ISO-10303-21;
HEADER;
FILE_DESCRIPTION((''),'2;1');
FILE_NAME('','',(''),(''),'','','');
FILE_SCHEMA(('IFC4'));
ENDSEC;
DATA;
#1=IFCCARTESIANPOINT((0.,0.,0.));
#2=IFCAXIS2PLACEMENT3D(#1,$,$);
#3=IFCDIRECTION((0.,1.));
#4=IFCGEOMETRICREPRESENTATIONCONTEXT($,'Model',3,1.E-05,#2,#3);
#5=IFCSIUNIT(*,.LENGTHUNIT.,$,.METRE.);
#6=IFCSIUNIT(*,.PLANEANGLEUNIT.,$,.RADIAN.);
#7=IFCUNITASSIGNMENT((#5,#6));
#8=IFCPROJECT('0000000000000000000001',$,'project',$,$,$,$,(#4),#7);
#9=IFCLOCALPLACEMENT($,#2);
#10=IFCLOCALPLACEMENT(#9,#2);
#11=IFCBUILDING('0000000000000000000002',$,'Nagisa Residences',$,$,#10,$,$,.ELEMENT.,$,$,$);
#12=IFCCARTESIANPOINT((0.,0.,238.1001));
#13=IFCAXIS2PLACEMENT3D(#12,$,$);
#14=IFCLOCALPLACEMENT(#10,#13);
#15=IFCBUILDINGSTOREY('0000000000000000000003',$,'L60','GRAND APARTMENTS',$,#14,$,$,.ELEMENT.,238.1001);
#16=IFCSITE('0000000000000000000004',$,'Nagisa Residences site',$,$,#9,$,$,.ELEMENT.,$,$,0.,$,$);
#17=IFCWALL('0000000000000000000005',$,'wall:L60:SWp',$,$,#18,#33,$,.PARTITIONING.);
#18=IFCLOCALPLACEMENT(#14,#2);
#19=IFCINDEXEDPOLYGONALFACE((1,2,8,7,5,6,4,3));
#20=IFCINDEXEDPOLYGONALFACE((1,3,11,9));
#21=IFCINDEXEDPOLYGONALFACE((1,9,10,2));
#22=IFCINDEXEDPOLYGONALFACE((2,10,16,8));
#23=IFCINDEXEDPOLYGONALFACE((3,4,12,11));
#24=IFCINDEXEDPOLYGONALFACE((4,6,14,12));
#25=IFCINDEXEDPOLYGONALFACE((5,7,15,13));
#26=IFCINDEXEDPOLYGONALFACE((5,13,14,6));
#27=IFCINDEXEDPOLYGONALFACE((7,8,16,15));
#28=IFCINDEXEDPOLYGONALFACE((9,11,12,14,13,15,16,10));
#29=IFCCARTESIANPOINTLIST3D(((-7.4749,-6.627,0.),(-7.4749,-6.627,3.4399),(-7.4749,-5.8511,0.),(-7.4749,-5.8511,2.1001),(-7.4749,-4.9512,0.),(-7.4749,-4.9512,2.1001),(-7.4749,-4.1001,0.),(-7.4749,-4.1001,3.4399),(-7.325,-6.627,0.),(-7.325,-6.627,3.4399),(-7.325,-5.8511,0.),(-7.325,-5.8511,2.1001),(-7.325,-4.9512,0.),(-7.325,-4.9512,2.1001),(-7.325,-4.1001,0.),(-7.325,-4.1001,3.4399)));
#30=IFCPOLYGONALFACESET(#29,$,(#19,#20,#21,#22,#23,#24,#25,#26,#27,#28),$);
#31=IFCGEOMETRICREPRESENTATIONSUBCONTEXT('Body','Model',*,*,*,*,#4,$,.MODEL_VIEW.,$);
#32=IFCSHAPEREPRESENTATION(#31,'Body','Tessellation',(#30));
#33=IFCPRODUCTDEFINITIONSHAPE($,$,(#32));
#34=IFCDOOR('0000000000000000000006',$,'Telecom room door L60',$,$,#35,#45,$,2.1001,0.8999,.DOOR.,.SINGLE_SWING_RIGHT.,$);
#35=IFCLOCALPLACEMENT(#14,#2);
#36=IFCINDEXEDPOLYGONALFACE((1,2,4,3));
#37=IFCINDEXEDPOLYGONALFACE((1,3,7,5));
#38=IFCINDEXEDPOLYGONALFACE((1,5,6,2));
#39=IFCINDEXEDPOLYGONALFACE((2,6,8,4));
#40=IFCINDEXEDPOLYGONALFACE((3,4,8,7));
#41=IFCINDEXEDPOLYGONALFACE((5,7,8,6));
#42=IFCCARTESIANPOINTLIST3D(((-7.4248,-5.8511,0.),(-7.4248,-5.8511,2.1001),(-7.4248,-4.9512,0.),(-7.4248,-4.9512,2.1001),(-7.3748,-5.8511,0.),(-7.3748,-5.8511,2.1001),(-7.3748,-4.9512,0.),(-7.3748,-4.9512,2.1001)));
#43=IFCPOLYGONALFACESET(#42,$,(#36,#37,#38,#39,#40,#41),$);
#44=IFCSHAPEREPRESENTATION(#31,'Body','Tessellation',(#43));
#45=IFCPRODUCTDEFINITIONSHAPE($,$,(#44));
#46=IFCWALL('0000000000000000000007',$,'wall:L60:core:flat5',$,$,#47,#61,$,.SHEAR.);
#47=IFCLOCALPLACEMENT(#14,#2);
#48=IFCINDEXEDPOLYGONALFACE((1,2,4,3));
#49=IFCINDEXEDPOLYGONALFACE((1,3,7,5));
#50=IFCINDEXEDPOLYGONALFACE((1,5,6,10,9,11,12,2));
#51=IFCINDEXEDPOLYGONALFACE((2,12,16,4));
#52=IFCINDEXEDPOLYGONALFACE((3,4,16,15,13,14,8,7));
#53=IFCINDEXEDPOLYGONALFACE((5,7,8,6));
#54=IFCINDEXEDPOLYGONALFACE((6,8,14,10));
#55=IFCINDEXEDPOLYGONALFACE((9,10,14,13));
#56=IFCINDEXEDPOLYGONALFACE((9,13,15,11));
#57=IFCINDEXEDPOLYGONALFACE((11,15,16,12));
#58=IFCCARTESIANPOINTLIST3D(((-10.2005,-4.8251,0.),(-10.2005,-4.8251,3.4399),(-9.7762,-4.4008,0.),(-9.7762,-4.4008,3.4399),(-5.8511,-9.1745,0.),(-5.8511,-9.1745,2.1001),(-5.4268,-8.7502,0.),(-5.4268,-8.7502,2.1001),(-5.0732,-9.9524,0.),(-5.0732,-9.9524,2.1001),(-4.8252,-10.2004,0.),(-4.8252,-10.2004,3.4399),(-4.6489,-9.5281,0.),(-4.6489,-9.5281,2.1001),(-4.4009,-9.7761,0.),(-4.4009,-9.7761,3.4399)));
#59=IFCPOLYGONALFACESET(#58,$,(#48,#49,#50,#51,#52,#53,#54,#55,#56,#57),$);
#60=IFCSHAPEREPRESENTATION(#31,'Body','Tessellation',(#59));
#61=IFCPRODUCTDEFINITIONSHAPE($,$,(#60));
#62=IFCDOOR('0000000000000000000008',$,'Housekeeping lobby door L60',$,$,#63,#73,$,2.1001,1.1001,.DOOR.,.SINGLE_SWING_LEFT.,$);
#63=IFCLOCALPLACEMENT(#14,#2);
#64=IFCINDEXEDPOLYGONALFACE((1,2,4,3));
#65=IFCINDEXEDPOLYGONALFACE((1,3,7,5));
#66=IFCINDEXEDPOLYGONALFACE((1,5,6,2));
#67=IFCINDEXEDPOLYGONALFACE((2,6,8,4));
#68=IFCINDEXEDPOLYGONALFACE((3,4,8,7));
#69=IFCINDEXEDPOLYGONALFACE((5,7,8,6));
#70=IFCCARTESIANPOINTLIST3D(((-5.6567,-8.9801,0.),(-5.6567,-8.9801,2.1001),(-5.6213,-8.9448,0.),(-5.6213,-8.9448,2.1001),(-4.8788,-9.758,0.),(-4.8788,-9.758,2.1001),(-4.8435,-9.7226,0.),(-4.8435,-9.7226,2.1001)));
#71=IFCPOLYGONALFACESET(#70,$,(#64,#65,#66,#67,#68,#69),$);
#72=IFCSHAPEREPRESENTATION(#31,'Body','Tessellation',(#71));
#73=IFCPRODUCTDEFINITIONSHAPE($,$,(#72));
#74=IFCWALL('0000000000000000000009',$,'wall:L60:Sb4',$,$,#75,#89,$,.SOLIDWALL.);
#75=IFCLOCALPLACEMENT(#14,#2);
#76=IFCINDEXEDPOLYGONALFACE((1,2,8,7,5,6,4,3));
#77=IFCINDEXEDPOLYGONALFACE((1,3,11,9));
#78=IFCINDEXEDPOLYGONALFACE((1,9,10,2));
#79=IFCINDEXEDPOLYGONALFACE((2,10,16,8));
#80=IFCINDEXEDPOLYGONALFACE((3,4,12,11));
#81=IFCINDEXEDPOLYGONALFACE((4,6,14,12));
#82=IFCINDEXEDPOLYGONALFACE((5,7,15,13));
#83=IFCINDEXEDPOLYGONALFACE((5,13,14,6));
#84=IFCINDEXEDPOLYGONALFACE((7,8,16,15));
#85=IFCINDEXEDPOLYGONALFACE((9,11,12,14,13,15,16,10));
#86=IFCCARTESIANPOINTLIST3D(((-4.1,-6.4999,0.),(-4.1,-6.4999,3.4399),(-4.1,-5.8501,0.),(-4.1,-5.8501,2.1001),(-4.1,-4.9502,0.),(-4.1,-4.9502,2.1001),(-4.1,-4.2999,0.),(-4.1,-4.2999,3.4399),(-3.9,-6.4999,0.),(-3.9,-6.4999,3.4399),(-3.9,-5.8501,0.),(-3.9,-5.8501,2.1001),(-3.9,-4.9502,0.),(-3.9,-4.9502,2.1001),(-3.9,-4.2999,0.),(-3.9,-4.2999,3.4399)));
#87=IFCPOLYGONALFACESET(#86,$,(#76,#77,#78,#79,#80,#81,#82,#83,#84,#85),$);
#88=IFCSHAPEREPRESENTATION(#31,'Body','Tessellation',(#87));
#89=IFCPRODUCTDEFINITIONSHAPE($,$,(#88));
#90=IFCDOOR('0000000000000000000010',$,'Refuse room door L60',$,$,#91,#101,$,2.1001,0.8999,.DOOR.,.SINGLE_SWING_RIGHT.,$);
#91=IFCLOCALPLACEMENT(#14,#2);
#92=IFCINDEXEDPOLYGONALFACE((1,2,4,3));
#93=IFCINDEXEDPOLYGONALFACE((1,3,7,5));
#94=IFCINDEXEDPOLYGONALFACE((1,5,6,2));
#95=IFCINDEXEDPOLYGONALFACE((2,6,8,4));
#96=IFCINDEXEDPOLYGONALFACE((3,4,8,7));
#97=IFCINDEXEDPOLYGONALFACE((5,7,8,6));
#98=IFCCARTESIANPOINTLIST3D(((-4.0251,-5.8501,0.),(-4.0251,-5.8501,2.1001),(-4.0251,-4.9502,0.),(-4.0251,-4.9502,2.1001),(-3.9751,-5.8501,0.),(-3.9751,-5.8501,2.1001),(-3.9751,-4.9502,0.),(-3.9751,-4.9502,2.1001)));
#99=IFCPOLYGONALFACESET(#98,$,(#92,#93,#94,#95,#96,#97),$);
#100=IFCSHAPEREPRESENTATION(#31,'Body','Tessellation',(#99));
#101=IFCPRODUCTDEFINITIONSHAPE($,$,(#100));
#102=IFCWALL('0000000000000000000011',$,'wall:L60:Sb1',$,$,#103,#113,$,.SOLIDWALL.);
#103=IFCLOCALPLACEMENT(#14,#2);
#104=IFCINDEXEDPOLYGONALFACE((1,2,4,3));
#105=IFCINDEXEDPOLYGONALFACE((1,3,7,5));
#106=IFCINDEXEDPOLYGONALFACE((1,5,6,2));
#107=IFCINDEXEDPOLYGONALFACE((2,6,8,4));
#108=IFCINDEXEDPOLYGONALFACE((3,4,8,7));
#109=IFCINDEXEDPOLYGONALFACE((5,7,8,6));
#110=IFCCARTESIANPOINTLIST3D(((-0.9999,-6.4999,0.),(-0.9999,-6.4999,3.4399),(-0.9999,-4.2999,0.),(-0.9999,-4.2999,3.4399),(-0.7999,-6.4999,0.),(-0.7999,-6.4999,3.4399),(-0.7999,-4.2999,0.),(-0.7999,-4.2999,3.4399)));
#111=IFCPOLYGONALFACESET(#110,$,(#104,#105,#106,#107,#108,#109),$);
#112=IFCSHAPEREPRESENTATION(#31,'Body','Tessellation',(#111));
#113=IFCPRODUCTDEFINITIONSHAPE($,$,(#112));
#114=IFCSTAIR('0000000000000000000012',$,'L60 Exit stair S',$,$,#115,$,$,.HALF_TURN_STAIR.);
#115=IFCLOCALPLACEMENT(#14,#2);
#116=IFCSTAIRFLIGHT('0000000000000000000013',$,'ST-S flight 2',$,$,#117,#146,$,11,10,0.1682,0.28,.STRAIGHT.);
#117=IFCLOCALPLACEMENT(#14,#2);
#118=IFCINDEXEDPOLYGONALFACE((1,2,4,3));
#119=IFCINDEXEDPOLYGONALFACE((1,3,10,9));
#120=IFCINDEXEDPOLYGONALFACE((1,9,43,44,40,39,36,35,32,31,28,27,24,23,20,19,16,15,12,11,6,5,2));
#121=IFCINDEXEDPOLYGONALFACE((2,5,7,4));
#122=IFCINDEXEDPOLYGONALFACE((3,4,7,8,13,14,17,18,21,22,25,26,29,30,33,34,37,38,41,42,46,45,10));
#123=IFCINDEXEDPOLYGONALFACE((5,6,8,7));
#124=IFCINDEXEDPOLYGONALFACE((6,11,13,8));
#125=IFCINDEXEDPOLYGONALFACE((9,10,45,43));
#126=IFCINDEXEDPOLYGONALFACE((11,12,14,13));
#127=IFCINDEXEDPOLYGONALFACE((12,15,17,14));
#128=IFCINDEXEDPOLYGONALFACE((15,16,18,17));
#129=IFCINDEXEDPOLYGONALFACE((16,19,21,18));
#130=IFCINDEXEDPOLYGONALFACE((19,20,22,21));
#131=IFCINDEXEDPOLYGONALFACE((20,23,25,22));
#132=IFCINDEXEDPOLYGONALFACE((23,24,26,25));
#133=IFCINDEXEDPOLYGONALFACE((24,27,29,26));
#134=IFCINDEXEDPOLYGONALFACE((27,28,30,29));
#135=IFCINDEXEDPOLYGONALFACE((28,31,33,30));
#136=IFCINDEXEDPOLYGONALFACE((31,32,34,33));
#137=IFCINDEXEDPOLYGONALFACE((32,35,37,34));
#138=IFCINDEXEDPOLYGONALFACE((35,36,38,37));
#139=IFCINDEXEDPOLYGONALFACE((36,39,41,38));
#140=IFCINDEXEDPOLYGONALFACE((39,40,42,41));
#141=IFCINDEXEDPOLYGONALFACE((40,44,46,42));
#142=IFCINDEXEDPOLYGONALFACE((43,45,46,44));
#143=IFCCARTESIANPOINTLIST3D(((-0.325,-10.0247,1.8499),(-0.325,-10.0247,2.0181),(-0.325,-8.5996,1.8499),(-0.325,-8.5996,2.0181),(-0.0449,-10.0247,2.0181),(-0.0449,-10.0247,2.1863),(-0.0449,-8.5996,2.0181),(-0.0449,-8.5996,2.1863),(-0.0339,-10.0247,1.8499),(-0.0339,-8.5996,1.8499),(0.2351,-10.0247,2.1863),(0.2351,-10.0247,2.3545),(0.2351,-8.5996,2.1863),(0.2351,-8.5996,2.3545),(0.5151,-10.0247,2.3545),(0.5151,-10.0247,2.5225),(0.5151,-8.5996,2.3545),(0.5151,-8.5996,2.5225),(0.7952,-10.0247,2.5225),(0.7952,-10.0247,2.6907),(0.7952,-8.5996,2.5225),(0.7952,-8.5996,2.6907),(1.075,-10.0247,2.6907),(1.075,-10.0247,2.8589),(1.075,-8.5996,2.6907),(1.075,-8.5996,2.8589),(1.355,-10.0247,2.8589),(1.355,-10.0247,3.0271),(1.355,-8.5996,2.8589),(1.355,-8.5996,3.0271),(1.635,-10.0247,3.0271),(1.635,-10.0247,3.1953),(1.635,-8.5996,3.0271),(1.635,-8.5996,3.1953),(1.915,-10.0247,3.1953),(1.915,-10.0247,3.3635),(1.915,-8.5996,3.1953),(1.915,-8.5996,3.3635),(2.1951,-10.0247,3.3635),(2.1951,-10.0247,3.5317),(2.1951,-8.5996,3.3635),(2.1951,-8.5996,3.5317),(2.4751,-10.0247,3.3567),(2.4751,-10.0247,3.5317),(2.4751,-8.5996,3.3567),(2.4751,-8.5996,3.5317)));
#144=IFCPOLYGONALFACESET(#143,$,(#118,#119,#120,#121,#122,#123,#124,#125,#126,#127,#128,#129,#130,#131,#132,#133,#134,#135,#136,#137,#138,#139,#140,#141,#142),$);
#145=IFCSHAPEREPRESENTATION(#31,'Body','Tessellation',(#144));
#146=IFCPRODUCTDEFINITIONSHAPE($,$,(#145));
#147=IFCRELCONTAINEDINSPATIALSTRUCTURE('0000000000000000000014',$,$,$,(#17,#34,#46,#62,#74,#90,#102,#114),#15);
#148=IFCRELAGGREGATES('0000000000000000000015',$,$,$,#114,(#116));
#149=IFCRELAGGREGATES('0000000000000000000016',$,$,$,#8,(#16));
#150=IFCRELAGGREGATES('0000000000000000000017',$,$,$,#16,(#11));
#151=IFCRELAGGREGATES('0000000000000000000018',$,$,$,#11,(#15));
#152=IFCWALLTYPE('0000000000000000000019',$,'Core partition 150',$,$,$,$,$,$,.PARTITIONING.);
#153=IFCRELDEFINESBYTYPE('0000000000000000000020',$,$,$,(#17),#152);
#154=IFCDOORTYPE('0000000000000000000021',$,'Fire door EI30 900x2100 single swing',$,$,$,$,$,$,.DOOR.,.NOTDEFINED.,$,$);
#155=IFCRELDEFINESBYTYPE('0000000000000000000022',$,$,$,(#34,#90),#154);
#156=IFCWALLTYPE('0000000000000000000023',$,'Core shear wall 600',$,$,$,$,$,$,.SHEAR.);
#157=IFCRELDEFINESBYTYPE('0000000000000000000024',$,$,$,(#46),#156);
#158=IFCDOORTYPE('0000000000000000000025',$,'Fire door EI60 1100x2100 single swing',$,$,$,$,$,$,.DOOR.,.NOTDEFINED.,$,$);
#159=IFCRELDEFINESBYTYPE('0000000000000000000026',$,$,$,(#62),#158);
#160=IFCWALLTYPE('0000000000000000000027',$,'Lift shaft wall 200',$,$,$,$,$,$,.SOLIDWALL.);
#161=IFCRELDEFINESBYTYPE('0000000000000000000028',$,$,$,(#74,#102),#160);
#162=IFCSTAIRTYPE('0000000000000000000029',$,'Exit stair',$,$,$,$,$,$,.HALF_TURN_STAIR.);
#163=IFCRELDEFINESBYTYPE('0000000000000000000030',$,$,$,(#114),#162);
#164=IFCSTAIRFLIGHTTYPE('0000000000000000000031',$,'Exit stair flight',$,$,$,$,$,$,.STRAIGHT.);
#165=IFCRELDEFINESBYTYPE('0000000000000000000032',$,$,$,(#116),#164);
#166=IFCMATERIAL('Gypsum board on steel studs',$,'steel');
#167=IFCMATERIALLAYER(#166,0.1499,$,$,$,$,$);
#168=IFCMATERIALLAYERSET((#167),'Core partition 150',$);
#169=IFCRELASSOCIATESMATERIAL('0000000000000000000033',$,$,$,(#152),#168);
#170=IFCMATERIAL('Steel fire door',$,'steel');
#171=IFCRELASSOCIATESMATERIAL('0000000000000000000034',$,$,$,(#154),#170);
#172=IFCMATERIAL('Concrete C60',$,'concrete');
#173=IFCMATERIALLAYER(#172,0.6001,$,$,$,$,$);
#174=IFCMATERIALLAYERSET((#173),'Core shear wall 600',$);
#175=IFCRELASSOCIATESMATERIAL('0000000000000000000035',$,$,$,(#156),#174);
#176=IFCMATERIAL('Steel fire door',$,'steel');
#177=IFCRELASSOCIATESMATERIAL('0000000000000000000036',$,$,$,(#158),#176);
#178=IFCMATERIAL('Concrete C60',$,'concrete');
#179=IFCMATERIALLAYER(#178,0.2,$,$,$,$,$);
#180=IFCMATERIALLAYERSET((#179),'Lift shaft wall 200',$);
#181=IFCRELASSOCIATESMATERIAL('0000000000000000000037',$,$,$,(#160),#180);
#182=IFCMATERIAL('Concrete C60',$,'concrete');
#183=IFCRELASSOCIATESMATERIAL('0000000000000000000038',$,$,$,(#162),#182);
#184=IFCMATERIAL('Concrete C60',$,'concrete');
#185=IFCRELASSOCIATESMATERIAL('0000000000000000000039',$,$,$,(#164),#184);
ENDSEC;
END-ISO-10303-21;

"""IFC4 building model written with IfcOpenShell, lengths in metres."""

from ifc_helpers import new_model, si_unit, direction, frame, frame_2d, origin, place, context, subcontext, project, spatial, polyline, rectangle, outline, extrude, material, layer, layer_set, type_object, element, fill, aggregate, save


model = new_model("IFC4")

# Units and contexts
model_context = context("Model", 3, precision=1e-05, world=origin(), true_north=direction((0.0, 1.0)))
body_context = subcontext(model_context, "Body", "Model", "MODEL_VIEW")
ifc_project = project(units=[si_unit("LENGTHUNIT", "METRE"), si_unit("PLANEANGLEUNIT", "RADIAN")], contexts=[model_context])

# Site, building, storey
site_placement = place(None, origin())
site = spatial("IfcSite", under=ifc_project, at=site_placement, Name="Nagisa Residences site", CompositionType="ELEMENT", RefElevation=0.0)
building_placement = place(site_placement, origin())
building = spatial("IfcBuilding", under=site, at=building_placement, Name="Nagisa Residences", CompositionType="ELEMENT")
storey_placement = place(building_placement, frame((0.0, 0.0, 238.1001)))
storey = spatial("IfcBuildingStorey", under=building, at=storey_placement, Name="L60", Description="GRAND APARTMENTS", CompositionType="ELEMENT", Elevation=238.1001)

# Walls, openings, doors
ifc_material_1 = material(Name="Gypsum board on steel studs", Category="steel")
ifc_layer_1 = layer(ifc_material_1, 0.1499)
ifc_layer_set_1 = layer_set([ifc_layer_1], Name="Core partition 150")
wall_type_1 = type_object("IfcWallType", Name="Core partition 150", PredefinedType="PARTITIONING", material=ifc_layer_set_1)
wall_1_placement = place(storey_placement, frame((-7.3999, -6.627, 0.0), z_axis=(0.0, 0.0, 1.0), x_axis=(0.0, 1.0, 0.0)))
wall_1 = element("IfcWall", 1, at=wall_1_placement, inside=storey, type_object=wall_type_1, Name="wall:L60:SWp", PredefinedType="PARTITIONING", context=body_context, shape_type="SweptSolid", body=[
    extrude(rectangle(XDim=2.5269, YDim=0.1499, at=frame_2d((1.2634, 0.0))), origin(), (0.0, 0.0, 1.0), 3.4399),
])
opening_1_placement = place(wall_1_placement, frame((0.7759, 0.0, 0.0)))
opening_1 = element("IfcOpeningElement", 2, at=opening_1_placement, cuts=wall_1, PredefinedType="OPENING", context=body_context, shape_type="SweptSolid", body=[
    extrude(rectangle(XDim=0.8999, YDim=2.1001, at=frame_2d((0.45, 1.05))), frame((0.0, 0.085, 0.0), z_axis=(0.0, -1.0, 0.0), x_axis=(1.0, 0.0, 0.0)), (0.0, 0.0, 1.0), 0.1699),
])
ifc_material_2 = material(Name="Steel fire door", Category="steel")
door_type_1 = type_object("IfcDoorType", Name="Fire door EI30 900x2100 single swing", OperationType="NOTDEFINED", PredefinedType="DOOR", material=ifc_material_2)
door_1_placement = place(opening_1_placement, origin())
door_1 = element("IfcDoor", 3, at=door_1_placement, inside=storey, type_object=door_type_1, Name="Telecom room door L60", OperationType="SINGLE_SWING_RIGHT", OverallHeight=2.1001, OverallWidth=0.8999, PredefinedType="DOOR", context=body_context, shape_type="SweptSolid", body=[
    extrude(rectangle(XDim=0.8999, YDim=2.1001, at=frame_2d((0.45, 1.05))), frame((0.0, 0.0249, 0.0), z_axis=(0.0, -1.0, 0.0), x_axis=(1.0, 0.0, 0.0)), (0.0, 0.0, 1.0), 0.05),
])
fill(opening_1, door_1)
ifc_material_3 = material(Name="Concrete C60", Category="concrete")
ifc_layer_2 = layer(ifc_material_3, 0.6001)
ifc_layer_set_2 = layer_set([ifc_layer_2], Name="Core shear wall 600")
wall_type_2 = type_object("IfcWallType", Name="Core shear wall 600", PredefinedType="SHEAR", material=ifc_layer_set_2)
wall_2_placement = place(storey_placement, frame((-9.9883, -4.613, 0.0), z_axis=(0.0, 0.0, 1.0), x_axis=(0.707107, -0.707107, 0.0)))
wall_2 = element("IfcWall", 4, at=wall_2_placement, inside=storey, type_object=wall_type_2, Name="wall:L60:core:flat5", PredefinedType="SHEAR", context=body_context, shape_type="SweptSolid", body=[
    extrude(rectangle(XDim=7.6018, YDim=0.6001, at=frame_2d((3.8008, 0.0))), origin(), (0.0, 0.0, 1.0), 3.4399),
])
opening_2_placement = place(wall_2_placement, frame((6.1509, 0.0, 0.0)))
opening_2 = element("IfcOpeningElement", 5, at=opening_2_placement, cuts=wall_2, PredefinedType="OPENING", context=body_context, shape_type="SweptSolid", body=[
    extrude(rectangle(XDim=1.1001, YDim=2.1001, at=frame_2d((0.55, 1.05))), frame((0.0, 0.3101, 0.0), z_axis=(0.0, -1.0, 0.0), x_axis=(1.0, 0.0, 0.0)), (0.0, 0.0, 1.0), 0.6201),
])
ifc_material_4 = material(Name="Steel fire door", Category="steel")
door_type_2 = type_object("IfcDoorType", Name="Fire door EI60 1100x2100 single swing", OperationType="NOTDEFINED", PredefinedType="DOOR", material=ifc_material_4)
door_2_placement = place(opening_2_placement, origin())
door_2 = element("IfcDoor", 6, at=door_2_placement, inside=storey, type_object=door_type_2, Name="Housekeeping lobby door L60", OperationType="SINGLE_SWING_LEFT", OverallHeight=2.1001, OverallWidth=1.1001, PredefinedType="DOOR", context=body_context, shape_type="SweptSolid", body=[
    extrude(rectangle(XDim=1.1001, YDim=2.1001, at=frame_2d((0.55, 1.05))), frame((0.0, 0.0249, 0.0), z_axis=(0.0, -1.0, 0.0), x_axis=(1.0, 0.0, 0.0)), (0.0, 0.0, 1.0), 0.05),
])
fill(opening_2, door_2)
ifc_material_5 = material(Name="Concrete C60", Category="concrete")
ifc_layer_3 = layer(ifc_material_5, 0.2)
ifc_layer_set_3 = layer_set([ifc_layer_3], Name="Lift shaft wall 200")
wall_type_3 = type_object("IfcWallType", Name="Lift shaft wall 200", PredefinedType="SOLIDWALL", material=ifc_layer_set_3)
wall_3_placement = place(storey_placement, frame((-4.0, -6.5, 0.0), z_axis=(0.0, 0.0, 1.0), x_axis=(0.0, 1.0, 0.0)))
wall_3 = element("IfcWall", 7, at=wall_3_placement, inside=storey, type_object=wall_type_3, Name="wall:L60:Sb4", PredefinedType="SOLIDWALL", context=body_context, shape_type="SweptSolid", body=[
    extrude(rectangle(XDim=2.2, YDim=0.2, at=frame_2d((1.1001, 0.0))), origin(), (0.0, 0.0, 1.0), 3.4399),
])
opening_3_placement = place(wall_3_placement, frame((0.6499, 0.0, 0.0)))
opening_3 = element("IfcOpeningElement", 8, at=opening_3_placement, cuts=wall_3, PredefinedType="OPENING", context=body_context, shape_type="SweptSolid", body=[
    extrude(rectangle(XDim=0.8999, YDim=2.1001, at=frame_2d((0.45, 1.05))), frame((0.0, 0.1099, 0.0), z_axis=(0.0, -1.0, 0.0), x_axis=(1.0, 0.0, 0.0)), (0.0, 0.0, 1.0), 0.22),
])
door_3_placement = place(opening_3_placement, frame((0.8999, 0.0, 0.0), x_axis=(-1.0, 0.0, 0.0)))
door_3 = element("IfcDoor", 9, at=door_3_placement, inside=storey, type_object=door_type_1, Name="Refuse room door L60", OperationType="SINGLE_SWING_RIGHT", OverallHeight=2.1001, OverallWidth=0.8999, PredefinedType="DOOR", context=body_context, shape_type="SweptSolid", body=[
    extrude(rectangle(XDim=0.8999, YDim=2.1001, at=frame_2d((0.45, 1.05))), frame((0.0, 0.0249, 0.0), z_axis=(0.0, -1.0, 0.0), x_axis=(1.0, 0.0, 0.0)), (0.0, 0.0, 1.0), 0.05),
])
fill(opening_3, door_3)

# Wall
wall_4_placement = place(storey_placement, frame((-0.8999, -6.5, 0.0), z_axis=(0.0, 0.0, 1.0), x_axis=(0.0, 1.0, 0.0)))
element("IfcWall", 10, at=wall_4_placement, inside=storey, type_object=wall_type_3, Name="wall:L60:Sb1", PredefinedType="SOLIDWALL", context=body_context, shape_type="SweptSolid", body=[
    extrude(rectangle(XDim=2.2, YDim=0.2, at=frame_2d((1.1001, 0.0))), origin(), (0.0, 0.0, 1.0), 3.4399),
])

# Stair, stair flight
ifc_material_6 = material(Name="Concrete C60", Category="concrete")
stair_type = type_object("IfcStairType", Name="Exit stair", PredefinedType="HALF_TURN_STAIR", material=ifc_material_6)
stair_placement = place(storey_placement, origin())
stair = element("IfcStair", 11, at=stair_placement, inside=storey, type_object=stair_type, Name="L60 Exit stair S", PredefinedType="HALF_TURN_STAIR")
ifc_material_7 = material(Name="Concrete C60", Category="concrete")
stair_flight_type = type_object("IfcStairFlightType", Name="Exit stair flight", PredefinedType="STRAIGHT", material=ifc_material_7)
stair_flight_placement = place(storey_placement, frame((-0.325, -9.312, 1.8499), z_axis=(0.0, 0.0, 1.0), x_axis=(1.0, 0.0, 0.0)))
stair_flight = element("IfcStairFlight", 12, at=stair_flight_placement, type_object=stair_flight_type, Name="ST-S flight 2", NumberOfRisers=11, NumberOfTreads=10, PredefinedType="STRAIGHT", RiserHeight=0.1682, TreadLength=0.28, context=body_context, shape_type="SweptSolid", body=[
    extrude(outline(polyline([(0.0, 0.0), (0.0, 0.1682), (0.28, 0.1682), (0.28, 0.3364), (0.5601, 0.3364), (0.5601, 0.5046), (0.8401, 0.5046), (0.8401, 0.6726), (1.1201, 0.6726), (1.1201, 0.8408), (1.3999, 0.8408), (1.3999, 1.009), (1.6799, 1.009), (1.6799, 1.1772), (1.96, 1.1772), (1.96, 1.3455), (2.24, 1.3455), (2.24, 1.5137), (2.52, 1.5137), (2.52, 1.6819), (2.8, 1.6819), (2.8, 1.8501), (2.8, 1.5068), (0.291, 0.0), (0.0, 0.0)])), frame((0.0, 0.7124, 0.0), z_axis=(0.0, -1.0, 0.0), x_axis=(1.0, 0.0, 0.0)), (0.0, 0.0, 1.0), 1.425),
])
aggregate(stair, [stair_flight])

save(model, "model.ifc")
